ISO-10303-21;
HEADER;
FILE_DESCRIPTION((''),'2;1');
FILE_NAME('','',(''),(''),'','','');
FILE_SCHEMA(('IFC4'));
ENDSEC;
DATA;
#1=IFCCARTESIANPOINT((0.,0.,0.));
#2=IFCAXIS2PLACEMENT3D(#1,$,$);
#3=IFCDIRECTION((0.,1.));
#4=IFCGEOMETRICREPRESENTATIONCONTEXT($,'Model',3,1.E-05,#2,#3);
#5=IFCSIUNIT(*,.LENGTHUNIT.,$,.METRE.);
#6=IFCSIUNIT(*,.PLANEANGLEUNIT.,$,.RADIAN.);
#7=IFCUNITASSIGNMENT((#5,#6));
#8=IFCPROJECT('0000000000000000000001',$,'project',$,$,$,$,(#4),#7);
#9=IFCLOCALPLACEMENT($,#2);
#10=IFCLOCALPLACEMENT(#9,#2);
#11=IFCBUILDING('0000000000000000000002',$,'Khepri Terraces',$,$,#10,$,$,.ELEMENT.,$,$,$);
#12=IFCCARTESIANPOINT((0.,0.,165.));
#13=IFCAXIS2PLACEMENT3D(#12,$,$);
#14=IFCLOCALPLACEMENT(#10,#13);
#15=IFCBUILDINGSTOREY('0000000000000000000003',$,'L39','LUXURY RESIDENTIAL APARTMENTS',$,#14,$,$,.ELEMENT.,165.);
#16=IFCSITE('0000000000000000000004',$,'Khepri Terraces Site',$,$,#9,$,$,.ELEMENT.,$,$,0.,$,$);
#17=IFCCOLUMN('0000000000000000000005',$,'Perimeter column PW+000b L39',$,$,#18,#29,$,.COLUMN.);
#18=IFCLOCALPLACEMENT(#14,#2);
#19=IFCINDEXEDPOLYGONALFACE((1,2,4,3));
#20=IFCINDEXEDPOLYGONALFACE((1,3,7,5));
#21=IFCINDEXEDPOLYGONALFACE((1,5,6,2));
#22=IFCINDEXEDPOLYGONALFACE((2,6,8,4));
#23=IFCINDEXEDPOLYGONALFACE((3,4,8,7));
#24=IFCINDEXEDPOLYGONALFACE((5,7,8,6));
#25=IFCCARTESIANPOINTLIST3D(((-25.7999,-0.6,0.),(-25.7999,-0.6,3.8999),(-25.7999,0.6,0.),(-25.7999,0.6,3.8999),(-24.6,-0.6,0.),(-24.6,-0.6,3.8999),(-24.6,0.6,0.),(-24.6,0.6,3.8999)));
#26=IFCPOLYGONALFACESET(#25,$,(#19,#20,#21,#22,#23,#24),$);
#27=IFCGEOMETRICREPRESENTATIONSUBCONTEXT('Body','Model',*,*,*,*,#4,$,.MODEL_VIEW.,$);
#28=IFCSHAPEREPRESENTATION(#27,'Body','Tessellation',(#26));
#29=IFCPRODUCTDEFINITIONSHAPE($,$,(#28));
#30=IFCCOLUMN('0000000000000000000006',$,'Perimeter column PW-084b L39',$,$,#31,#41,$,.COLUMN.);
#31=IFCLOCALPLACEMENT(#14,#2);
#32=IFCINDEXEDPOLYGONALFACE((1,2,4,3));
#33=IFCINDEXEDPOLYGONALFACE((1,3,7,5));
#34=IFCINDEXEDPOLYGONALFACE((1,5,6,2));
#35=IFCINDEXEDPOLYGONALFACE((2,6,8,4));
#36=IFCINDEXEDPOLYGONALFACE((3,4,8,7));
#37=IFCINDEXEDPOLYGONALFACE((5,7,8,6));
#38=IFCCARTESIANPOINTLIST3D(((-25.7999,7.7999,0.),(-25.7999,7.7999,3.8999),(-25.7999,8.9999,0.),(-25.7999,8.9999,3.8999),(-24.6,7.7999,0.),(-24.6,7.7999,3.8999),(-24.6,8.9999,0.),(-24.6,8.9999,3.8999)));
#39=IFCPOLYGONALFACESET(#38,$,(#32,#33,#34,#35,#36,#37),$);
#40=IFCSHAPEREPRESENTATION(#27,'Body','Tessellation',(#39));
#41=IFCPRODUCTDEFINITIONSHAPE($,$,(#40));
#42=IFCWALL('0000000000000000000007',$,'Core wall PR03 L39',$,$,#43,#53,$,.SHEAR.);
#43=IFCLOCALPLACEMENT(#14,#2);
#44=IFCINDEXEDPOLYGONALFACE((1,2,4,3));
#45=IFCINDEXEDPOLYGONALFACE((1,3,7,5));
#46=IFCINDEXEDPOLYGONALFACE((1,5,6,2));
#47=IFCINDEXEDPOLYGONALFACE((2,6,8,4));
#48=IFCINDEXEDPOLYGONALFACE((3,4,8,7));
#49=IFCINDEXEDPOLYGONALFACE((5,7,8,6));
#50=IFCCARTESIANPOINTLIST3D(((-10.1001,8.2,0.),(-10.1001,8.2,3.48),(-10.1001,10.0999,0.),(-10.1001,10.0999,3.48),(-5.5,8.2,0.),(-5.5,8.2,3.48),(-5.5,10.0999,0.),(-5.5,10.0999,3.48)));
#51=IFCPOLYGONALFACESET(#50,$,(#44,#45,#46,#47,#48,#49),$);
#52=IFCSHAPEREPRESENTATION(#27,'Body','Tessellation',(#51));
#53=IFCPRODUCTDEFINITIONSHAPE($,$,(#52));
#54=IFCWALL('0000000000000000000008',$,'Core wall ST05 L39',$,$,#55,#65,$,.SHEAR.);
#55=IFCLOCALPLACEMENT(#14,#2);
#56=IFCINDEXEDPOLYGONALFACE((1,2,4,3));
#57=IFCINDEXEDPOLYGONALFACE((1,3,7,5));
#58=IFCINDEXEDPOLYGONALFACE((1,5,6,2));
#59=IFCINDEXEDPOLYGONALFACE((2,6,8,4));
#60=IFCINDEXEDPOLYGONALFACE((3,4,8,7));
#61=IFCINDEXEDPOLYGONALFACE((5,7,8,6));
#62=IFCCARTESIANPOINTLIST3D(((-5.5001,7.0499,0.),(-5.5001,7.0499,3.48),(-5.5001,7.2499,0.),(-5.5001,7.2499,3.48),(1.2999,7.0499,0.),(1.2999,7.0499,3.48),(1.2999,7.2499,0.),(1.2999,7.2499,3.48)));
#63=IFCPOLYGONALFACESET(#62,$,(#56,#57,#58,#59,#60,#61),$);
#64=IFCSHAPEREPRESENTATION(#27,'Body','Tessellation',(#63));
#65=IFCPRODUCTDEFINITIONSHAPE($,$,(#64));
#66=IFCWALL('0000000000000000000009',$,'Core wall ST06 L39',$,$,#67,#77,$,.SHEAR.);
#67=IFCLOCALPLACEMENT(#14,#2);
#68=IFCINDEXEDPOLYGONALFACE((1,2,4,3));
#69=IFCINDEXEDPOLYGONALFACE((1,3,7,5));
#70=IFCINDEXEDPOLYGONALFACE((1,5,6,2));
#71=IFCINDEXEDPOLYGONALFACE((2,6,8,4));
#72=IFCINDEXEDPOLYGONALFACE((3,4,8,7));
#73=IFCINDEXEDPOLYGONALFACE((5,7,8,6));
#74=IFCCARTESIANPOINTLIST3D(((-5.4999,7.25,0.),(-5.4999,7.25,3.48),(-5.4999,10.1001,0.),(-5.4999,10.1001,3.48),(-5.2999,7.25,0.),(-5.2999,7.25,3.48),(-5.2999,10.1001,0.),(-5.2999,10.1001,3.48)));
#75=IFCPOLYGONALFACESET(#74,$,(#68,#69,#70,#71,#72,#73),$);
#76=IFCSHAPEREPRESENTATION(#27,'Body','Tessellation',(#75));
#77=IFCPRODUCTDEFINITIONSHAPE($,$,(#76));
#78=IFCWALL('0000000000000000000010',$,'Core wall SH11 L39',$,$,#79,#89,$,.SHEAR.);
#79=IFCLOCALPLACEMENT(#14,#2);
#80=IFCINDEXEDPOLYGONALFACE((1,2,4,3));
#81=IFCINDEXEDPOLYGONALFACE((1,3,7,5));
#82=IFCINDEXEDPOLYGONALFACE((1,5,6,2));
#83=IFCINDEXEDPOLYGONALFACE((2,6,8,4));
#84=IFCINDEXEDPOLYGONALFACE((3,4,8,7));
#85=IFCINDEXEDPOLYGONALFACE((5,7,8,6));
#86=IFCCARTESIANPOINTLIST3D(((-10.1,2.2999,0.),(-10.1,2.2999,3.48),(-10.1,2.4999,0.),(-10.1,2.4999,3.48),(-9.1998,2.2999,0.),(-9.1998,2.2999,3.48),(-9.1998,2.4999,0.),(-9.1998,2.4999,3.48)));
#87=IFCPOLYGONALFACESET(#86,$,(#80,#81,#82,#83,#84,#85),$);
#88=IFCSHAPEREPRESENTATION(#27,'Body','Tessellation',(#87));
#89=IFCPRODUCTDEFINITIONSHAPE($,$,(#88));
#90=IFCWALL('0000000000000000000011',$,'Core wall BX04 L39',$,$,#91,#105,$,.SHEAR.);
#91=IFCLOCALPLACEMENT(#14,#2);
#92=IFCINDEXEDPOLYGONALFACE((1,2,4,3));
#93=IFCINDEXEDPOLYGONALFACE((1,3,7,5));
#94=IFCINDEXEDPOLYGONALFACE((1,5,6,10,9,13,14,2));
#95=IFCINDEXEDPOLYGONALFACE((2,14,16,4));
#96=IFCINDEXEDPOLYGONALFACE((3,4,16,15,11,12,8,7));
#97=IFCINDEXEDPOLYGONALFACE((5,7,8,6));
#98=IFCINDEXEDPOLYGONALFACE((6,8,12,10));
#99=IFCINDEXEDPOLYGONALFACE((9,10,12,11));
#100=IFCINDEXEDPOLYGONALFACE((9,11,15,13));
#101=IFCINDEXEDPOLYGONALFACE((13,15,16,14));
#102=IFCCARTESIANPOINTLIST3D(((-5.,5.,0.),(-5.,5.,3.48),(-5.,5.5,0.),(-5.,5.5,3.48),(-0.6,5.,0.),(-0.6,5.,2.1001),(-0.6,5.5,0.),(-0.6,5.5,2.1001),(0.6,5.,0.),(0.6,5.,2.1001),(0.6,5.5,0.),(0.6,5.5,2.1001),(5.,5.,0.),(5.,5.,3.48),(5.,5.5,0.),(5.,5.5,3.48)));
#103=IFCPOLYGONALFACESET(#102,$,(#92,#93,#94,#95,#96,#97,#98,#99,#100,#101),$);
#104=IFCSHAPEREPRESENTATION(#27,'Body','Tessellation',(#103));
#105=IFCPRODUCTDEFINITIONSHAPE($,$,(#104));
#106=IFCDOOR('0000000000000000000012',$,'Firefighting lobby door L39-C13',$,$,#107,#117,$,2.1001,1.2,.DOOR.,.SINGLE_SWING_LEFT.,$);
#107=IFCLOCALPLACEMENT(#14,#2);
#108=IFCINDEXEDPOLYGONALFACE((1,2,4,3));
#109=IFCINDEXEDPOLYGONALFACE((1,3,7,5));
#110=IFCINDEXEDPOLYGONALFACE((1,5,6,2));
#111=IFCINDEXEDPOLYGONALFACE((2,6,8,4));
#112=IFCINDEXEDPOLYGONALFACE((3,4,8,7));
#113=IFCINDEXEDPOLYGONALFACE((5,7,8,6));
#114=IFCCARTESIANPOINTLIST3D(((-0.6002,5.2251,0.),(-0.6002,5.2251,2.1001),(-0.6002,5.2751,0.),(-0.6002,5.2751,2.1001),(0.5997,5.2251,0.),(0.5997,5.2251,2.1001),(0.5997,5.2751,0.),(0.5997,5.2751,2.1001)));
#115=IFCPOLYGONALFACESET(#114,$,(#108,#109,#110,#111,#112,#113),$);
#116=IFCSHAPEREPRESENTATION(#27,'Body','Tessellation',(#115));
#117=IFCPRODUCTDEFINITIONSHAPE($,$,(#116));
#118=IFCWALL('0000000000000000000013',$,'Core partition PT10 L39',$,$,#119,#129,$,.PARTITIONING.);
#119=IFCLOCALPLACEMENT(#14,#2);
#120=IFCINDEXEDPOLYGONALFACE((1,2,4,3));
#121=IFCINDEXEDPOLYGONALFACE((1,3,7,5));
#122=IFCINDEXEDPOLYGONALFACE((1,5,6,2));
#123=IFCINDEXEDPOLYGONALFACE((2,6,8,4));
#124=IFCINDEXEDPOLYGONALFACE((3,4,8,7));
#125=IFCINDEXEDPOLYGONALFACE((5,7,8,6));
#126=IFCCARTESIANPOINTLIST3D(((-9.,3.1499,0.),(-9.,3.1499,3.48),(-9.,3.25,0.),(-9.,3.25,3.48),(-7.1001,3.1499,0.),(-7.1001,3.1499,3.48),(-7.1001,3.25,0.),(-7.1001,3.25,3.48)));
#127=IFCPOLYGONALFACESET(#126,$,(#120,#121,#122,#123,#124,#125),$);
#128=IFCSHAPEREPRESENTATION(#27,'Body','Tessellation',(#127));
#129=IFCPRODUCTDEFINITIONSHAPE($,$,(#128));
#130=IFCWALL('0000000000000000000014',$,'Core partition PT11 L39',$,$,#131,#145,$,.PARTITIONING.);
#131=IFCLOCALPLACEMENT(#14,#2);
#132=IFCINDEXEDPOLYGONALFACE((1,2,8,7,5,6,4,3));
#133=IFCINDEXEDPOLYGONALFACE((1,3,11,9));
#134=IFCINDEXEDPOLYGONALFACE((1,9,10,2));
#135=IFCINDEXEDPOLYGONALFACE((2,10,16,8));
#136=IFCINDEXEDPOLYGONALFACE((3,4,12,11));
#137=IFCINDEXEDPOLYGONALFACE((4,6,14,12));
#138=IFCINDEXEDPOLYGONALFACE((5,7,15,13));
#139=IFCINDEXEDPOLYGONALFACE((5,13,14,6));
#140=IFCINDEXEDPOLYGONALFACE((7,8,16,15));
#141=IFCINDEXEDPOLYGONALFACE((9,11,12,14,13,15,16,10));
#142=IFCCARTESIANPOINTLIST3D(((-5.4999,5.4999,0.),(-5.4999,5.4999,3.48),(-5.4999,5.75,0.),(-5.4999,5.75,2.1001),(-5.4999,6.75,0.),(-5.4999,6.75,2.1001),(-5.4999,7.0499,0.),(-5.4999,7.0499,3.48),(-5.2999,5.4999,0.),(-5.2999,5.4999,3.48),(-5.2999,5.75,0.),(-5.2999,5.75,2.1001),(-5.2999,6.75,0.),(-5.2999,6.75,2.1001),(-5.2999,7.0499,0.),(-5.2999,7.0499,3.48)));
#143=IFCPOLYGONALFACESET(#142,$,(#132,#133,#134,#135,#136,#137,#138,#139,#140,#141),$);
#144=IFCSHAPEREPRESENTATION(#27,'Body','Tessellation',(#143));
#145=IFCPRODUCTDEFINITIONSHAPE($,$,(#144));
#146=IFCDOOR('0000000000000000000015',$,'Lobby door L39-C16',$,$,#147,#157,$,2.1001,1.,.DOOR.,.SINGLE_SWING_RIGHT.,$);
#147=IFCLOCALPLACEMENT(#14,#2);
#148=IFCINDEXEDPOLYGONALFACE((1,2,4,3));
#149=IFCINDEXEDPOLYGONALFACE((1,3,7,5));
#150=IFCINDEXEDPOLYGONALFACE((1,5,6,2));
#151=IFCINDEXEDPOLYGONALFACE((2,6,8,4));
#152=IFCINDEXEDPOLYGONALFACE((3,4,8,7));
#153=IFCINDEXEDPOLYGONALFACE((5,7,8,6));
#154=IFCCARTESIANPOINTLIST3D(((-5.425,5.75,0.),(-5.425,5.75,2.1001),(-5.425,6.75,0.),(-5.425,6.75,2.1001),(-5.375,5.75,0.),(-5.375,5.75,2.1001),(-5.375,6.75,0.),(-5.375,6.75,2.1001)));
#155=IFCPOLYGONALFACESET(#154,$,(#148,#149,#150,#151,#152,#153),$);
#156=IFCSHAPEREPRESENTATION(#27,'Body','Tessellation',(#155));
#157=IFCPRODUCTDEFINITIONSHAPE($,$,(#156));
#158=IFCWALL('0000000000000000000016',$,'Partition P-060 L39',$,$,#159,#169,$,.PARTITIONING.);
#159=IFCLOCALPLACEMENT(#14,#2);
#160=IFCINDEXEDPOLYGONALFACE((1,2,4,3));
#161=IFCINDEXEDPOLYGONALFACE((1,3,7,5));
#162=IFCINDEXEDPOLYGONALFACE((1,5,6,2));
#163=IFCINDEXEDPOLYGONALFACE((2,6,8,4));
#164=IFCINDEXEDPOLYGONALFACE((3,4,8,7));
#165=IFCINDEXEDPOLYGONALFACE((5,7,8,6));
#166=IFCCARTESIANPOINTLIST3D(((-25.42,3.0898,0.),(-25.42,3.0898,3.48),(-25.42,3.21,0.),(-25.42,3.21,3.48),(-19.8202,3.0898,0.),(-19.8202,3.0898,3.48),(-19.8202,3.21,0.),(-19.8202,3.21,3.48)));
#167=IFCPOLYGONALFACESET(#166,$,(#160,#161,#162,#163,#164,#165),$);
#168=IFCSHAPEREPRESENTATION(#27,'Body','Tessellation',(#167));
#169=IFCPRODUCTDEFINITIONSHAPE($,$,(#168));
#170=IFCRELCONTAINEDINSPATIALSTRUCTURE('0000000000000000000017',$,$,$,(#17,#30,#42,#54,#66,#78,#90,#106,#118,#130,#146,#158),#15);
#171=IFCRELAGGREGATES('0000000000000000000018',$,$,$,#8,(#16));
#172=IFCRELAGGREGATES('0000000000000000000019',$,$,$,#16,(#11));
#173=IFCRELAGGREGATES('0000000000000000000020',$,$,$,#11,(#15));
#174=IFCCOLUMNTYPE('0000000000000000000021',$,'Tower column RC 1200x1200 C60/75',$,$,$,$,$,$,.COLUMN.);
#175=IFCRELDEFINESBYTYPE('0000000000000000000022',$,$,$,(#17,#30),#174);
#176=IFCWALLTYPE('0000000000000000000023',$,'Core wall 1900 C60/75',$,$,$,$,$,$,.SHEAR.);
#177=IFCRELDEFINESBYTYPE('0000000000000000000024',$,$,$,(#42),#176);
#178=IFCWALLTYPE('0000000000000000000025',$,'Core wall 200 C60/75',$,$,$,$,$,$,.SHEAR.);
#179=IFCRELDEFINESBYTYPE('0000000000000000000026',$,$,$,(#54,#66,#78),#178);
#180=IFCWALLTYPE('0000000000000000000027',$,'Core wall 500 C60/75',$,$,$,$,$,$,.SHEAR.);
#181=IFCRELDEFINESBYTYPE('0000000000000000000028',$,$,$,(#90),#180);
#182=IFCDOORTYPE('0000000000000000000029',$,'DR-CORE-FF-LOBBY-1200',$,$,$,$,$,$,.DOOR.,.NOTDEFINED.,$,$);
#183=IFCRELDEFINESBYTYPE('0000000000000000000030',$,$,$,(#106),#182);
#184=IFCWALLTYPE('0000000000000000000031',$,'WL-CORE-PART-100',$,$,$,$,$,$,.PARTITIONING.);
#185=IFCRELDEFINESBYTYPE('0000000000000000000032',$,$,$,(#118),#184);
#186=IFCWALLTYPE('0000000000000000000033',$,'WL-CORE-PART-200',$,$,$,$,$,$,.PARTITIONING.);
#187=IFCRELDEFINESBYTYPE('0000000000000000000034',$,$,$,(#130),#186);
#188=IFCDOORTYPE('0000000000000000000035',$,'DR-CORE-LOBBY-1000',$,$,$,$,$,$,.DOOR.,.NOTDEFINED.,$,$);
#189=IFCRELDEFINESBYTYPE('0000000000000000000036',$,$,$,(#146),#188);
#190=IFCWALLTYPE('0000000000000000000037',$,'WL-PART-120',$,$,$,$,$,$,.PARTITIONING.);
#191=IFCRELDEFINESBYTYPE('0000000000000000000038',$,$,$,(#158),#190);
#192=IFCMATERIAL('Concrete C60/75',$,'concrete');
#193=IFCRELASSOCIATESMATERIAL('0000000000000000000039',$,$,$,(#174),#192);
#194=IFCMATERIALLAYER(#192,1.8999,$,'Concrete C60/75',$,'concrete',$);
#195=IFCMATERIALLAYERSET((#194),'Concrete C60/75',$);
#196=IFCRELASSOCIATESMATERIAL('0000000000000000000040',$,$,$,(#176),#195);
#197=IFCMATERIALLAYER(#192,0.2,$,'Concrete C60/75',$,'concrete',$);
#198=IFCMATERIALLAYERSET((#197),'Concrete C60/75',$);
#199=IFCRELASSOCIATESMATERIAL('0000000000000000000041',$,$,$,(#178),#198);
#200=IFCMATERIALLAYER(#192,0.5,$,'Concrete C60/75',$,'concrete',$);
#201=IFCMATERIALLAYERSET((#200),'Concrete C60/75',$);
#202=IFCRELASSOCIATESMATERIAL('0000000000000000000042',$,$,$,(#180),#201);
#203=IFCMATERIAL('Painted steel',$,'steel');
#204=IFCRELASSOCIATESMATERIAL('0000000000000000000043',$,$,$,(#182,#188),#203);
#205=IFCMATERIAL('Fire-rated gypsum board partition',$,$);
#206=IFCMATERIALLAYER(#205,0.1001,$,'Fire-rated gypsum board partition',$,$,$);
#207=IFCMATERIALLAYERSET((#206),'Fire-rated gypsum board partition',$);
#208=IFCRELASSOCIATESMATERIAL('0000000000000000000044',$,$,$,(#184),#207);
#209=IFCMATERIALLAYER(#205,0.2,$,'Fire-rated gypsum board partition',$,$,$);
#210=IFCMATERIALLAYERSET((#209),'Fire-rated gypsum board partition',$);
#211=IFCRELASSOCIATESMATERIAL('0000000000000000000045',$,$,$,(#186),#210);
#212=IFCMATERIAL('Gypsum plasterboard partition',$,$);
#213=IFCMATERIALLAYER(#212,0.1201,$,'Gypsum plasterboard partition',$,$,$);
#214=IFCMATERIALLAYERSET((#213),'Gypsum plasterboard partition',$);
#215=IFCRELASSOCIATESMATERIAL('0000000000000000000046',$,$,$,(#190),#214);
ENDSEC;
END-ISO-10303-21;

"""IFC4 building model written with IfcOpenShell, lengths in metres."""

from ifc_helpers import new_model, si_unit, direction, frame, frame_2d, origin, origin_2d, place, context, subcontext, project, spatial, rectangle, extrude, material, layer, layer_set, material_profile, profile_set, type_object, element, fill, save


model = new_model("IFC4")

# Units and contexts
model_context = context("Model", 3, precision=1e-05, world=origin(), true_north=direction((0.0, 1.0)))
body_context = subcontext(model_context, "Body", "Model", "MODEL_VIEW")
ifc_project = project(units=[si_unit("LENGTHUNIT", "METRE"), si_unit("PLANEANGLEUNIT", "RADIAN")], contexts=[model_context])

# Site, building, storey
site_placement = place(None, origin())
site = spatial("IfcSite", under=ifc_project, at=site_placement, Name="Khepri Terraces Site", CompositionType="ELEMENT", RefElevation=0.0)
building_placement = place(site_placement, origin())
building = spatial("IfcBuilding", under=site, at=building_placement, Name="Khepri Terraces", CompositionType="ELEMENT")
storey_placement = place(building_placement, frame((0.0, 0.0, 165.0)))
storey = spatial("IfcBuildingStorey", under=building, at=storey_placement, Name="L39", Description="LUXURY RESIDENTIAL APARTMENTS", CompositionType="ELEMENT", Elevation=165.0)

# Columns
ifc_material_1 = material(Name="Concrete C60/75", Category="concrete")
ifc_material_profile = material_profile(ifc_material_1, rectangle(XDim=1.2, YDim=1.2, at=origin_2d()), Name="Concrete C60/75", Category="concrete")
ifc_profile_set = profile_set([ifc_material_profile], Name="Concrete C60/75")
column_type = type_object("IfcColumnType", Name="Tower column RC 1200x1200 C60/75", PredefinedType="COLUMN", material=ifc_profile_set)
for number, where, z_axis, x_axis, name in (
    (1, (-25.2, 0.0, 0.0), (0.0, 0.0, 1.0), (1.0, 0.0, 0.0), "Perimeter column PW+000b L39"),
    (2, (-25.2, 8.3999, 0.0), (0.0, 0.0, 1.0), (1.0, 0.0, 0.0), "Perimeter column PW-084b L39"),
):
    element("IfcColumn", number, at=place(storey_placement, frame(where, z_axis=z_axis, x_axis=x_axis)), inside=storey, type_object=column_type, Name=name, PredefinedType="COLUMN", context=body_context, shape_type="SweptSolid", body=[
        extrude(rectangle(XDim=1.2, YDim=1.2, at=origin_2d()), origin(), (0.0, 0.0, 1.0), 3.8999),
    ])

# Walls
ifc_layer_1 = layer(ifc_material_1, 1.8999, Name="Concrete C60/75", Category="concrete")
ifc_layer_set_1 = layer_set([ifc_layer_1], Name="Concrete C60/75")
wall_type_1 = type_object("IfcWallType", Name="Core wall 1900 C60/75", PredefinedType="SHEAR", material=ifc_layer_set_1)
wall_1_placement = place(storey_placement, frame((-10.1001, 9.1499, 0.0), z_axis=(0.0, 0.0, 1.0), x_axis=(1.0, 0.0, 0.0)))
element("IfcWall", 3, at=wall_1_placement, inside=storey, type_object=wall_type_1, Name="Core wall PR03 L39", PredefinedType="SHEAR", context=body_context, shape_type="SweptSolid", body=[
    extrude(rectangle(XDim=4.6001, YDim=1.8999, at=frame_2d((2.3, 0.0))), origin(), (0.0, 0.0, 1.0), 3.48),
])
ifc_layer_2 = layer(ifc_material_1, 0.2, Name="Concrete C60/75", Category="concrete")
ifc_layer_set_2 = layer_set([ifc_layer_2], Name="Concrete C60/75")
wall_type_2 = type_object("IfcWallType", Name="Core wall 200 C60/75", PredefinedType="SHEAR", material=ifc_layer_set_2)
wall_2_placement = place(storey_placement, frame((-5.5, 7.1499, 0.0), z_axis=(0.0, 0.0, 1.0), x_axis=(1.0, 0.0, 0.0)))
element("IfcWall", 4, at=wall_2_placement, inside=storey, type_object=wall_type_2, Name="Core wall ST05 L39", PredefinedType="SHEAR", context=body_context, shape_type="SweptSolid", body=[
    extrude(rectangle(XDim=6.8, YDim=0.2, at=frame_2d((3.3999, 0.0))), origin(), (0.0, 0.0, 1.0), 3.48),
])
wall_3_placement = place(storey_placement, frame((-5.3999, 7.25, 0.0), z_axis=(0.0, 0.0, 1.0), x_axis=(0.0, 1.0, 0.0)))
element("IfcWall", 5, at=wall_3_placement, inside=storey, type_object=wall_type_2, Name="Core wall ST06 L39", PredefinedType="SHEAR", context=body_context, shape_type="SweptSolid", body=[
    extrude(rectangle(XDim=2.8501, YDim=0.2, at=frame_2d((1.425, 0.0))), origin(), (0.0, 0.0, 1.0), 3.48),
])
wall_4_placement = place(storey_placement, frame((-10.1001, 2.3999, 0.0), z_axis=(0.0, 0.0, 1.0), x_axis=(1.0, 0.0, 0.0)))
element("IfcWall", 6, at=wall_4_placement, inside=storey, type_object=wall_type_2, Name="Core wall SH11 L39", PredefinedType="SHEAR", context=body_context, shape_type="SweptSolid", body=[
    extrude(rectangle(XDim=0.9001, YDim=0.2, at=frame_2d((0.4502, 0.0))), origin(), (0.0, 0.0, 1.0), 3.48),
])

# Wall, opening, door
ifc_layer_3 = layer(ifc_material_1, 0.5, Name="Concrete C60/75", Category="concrete")
ifc_layer_set_3 = layer_set([ifc_layer_3], Name="Concrete C60/75")
wall_type_3 = type_object("IfcWallType", Name="Core wall 500 C60/75", PredefinedType="SHEAR", material=ifc_layer_set_3)
wall_5_placement = place(storey_placement, frame((-5.0, 5.25, 0.0), z_axis=(0.0, 0.0, 1.0), x_axis=(1.0, 0.0, 0.0)))
wall_5 = element("IfcWall", 7, at=wall_5_placement, inside=storey, type_object=wall_type_3, Name="Core wall BX04 L39", PredefinedType="SHEAR", context=body_context, shape_type="SweptSolid", body=[
    extrude(rectangle(XDim=10.0, YDim=0.5, at=frame_2d((5.0, 0.0))), origin(), (0.0, 0.0, 1.0), 3.48),
])
opening_1_placement = place(wall_5_placement, frame((4.3999, 0.0, 0.0)))
opening_1 = element("IfcOpeningElement", 8, at=opening_1_placement, cuts=wall_5, PredefinedType="OPENING", context=body_context, shape_type="SweptSolid", body=[
    extrude(rectangle(XDim=1.2, YDim=2.1001, at=frame_2d((0.6001, 1.05))), frame((0.0, 0.26, 0.0), z_axis=(0.0, -1.0, 0.0), x_axis=(1.0, 0.0, 0.0)), (0.0, 0.0, 1.0), 0.52),
])
ifc_material_2 = material(Name="Painted steel", Category="steel")
door_type_1 = type_object("IfcDoorType", Name="DR-CORE-FF-LOBBY-1200", OperationType="NOTDEFINED", PredefinedType="DOOR", material=ifc_material_2)
door_1_placement = place(opening_1_placement, frame((1.2, 0.0, 0.0), z_axis=(0.0, 0.0, 1.0), x_axis=(-1.0, 0.0, 0.0)))
door_1 = element("IfcDoor", 9, at=door_1_placement, inside=storey, type_object=door_type_1, Name="Firefighting lobby door L39-C13", OperationType="SINGLE_SWING_LEFT", OverallHeight=2.1001, OverallWidth=1.2, PredefinedType="DOOR", context=body_context, shape_type="SweptSolid", body=[
    extrude(rectangle(XDim=1.2, YDim=2.1001, at=frame_2d((0.6001, 1.05))), frame((0.0, 0.0249, 0.0), z_axis=(0.0, -1.0, 0.0), x_axis=(1.0, 0.0, 0.0)), (0.0, 0.0, 1.0), 0.05),
])
fill(opening_1, door_1)

# Wall
ifc_material_3 = material(Name="Fire-rated gypsum board partition")
ifc_layer_4 = layer(ifc_material_3, 0.1001, Name="Fire-rated gypsum board partition")
ifc_layer_set_4 = layer_set([ifc_layer_4], Name="Fire-rated gypsum board partition")
wall_type_4 = type_object("IfcWallType", Name="WL-CORE-PART-100", PredefinedType="PARTITIONING", material=ifc_layer_set_4)
wall_6_placement = place(storey_placement, frame((-9.0, 3.2, 0.0), z_axis=(0.0, 0.0, 1.0), x_axis=(1.0, 0.0, 0.0)))
element("IfcWall", 10, at=wall_6_placement, inside=storey, type_object=wall_type_4, Name="Core partition PT10 L39", PredefinedType="PARTITIONING", context=body_context, shape_type="SweptSolid", body=[
    extrude(rectangle(XDim=1.8999, YDim=0.1001, at=frame_2d((0.95, 0.0))), origin(), (0.0, 0.0, 1.0), 3.48),
])

# Wall, opening, door
ifc_layer_5 = layer(ifc_material_3, 0.2, Name="Fire-rated gypsum board partition")
ifc_layer_set_5 = layer_set([ifc_layer_5], Name="Fire-rated gypsum board partition")
wall_type_5 = type_object("IfcWallType", Name="WL-CORE-PART-200", PredefinedType="PARTITIONING", material=ifc_layer_set_5)
wall_7_placement = place(storey_placement, frame((-5.3999, 5.5, 0.0), z_axis=(0.0, 0.0, 1.0), x_axis=(0.0, 1.0, 0.0)))
wall_7 = element("IfcWall", 11, at=wall_7_placement, inside=storey, type_object=wall_type_5, Name="Core partition PT11 L39", PredefinedType="PARTITIONING", context=body_context, shape_type="SweptSolid", body=[
    extrude(rectangle(XDim=1.55, YDim=0.2, at=frame_2d((0.7749, 0.0))), origin(), (0.0, 0.0, 1.0), 3.48),
])
opening_2_placement = place(wall_7_placement, frame((0.25, 0.0, 0.0)))
opening_2 = element("IfcOpeningElement", 12, at=opening_2_placement, cuts=wall_7, PredefinedType="OPENING", context=body_context, shape_type="SweptSolid", body=[
    extrude(rectangle(XDim=1.0, YDim=2.1001, at=frame_2d((0.5, 1.05))), frame((0.0, 0.1099, 0.0), z_axis=(0.0, -1.0, 0.0), x_axis=(1.0, 0.0, 0.0)), (0.0, 0.0, 1.0), 0.22),
])
door_type_2 = type_object("IfcDoorType", Name="DR-CORE-LOBBY-1000", OperationType="NOTDEFINED", PredefinedType="DOOR", material=ifc_material_2)
door_2_placement = place(opening_2_placement, frame((1.0, 0.0, 0.0), z_axis=(0.0, 0.0, 1.0), x_axis=(-1.0, 0.0, 0.0)))
door_2 = element("IfcDoor", 13, at=door_2_placement, inside=storey, type_object=door_type_2, Name="Lobby door L39-C16", OperationType="SINGLE_SWING_RIGHT", OverallHeight=2.1001, OverallWidth=1.0, PredefinedType="DOOR", context=body_context, shape_type="SweptSolid", body=[
    extrude(rectangle(XDim=1.0, YDim=2.1001, at=frame_2d((0.5, 1.05))), frame((0.0, 0.0249, 0.0), z_axis=(0.0, -1.0, 0.0), x_axis=(1.0, 0.0, 0.0)), (0.0, 0.0, 1.0), 0.05),
])
fill(opening_2, door_2)

# Wall
ifc_material_4 = material(Name="Gypsum plasterboard partition")
ifc_layer_6 = layer(ifc_material_4, 0.1201, Name="Gypsum plasterboard partition")
ifc_layer_set_6 = layer_set([ifc_layer_6], Name="Gypsum plasterboard partition")
wall_type_6 = type_object("IfcWallType", Name="WL-PART-120", PredefinedType="PARTITIONING", material=ifc_layer_set_6)
wall_8_placement = place(storey_placement, frame((-25.4199, 3.1499, 0.0), z_axis=(0.0, 0.0, 1.0), x_axis=(1.0, 0.0, 0.0)))
element("IfcWall", 14, at=wall_8_placement, inside=storey, type_object=wall_type_6, Name="Partition P-060 L39", PredefinedType="PARTITIONING", context=body_context, shape_type="SweptSolid", body=[
    extrude(rectangle(XDim=5.5999, YDim=0.1201, at=frame_2d((2.7998, 0.0))), origin(), (0.0, 0.0, 1.0), 3.48),
])

save(model, "model.ifc")
